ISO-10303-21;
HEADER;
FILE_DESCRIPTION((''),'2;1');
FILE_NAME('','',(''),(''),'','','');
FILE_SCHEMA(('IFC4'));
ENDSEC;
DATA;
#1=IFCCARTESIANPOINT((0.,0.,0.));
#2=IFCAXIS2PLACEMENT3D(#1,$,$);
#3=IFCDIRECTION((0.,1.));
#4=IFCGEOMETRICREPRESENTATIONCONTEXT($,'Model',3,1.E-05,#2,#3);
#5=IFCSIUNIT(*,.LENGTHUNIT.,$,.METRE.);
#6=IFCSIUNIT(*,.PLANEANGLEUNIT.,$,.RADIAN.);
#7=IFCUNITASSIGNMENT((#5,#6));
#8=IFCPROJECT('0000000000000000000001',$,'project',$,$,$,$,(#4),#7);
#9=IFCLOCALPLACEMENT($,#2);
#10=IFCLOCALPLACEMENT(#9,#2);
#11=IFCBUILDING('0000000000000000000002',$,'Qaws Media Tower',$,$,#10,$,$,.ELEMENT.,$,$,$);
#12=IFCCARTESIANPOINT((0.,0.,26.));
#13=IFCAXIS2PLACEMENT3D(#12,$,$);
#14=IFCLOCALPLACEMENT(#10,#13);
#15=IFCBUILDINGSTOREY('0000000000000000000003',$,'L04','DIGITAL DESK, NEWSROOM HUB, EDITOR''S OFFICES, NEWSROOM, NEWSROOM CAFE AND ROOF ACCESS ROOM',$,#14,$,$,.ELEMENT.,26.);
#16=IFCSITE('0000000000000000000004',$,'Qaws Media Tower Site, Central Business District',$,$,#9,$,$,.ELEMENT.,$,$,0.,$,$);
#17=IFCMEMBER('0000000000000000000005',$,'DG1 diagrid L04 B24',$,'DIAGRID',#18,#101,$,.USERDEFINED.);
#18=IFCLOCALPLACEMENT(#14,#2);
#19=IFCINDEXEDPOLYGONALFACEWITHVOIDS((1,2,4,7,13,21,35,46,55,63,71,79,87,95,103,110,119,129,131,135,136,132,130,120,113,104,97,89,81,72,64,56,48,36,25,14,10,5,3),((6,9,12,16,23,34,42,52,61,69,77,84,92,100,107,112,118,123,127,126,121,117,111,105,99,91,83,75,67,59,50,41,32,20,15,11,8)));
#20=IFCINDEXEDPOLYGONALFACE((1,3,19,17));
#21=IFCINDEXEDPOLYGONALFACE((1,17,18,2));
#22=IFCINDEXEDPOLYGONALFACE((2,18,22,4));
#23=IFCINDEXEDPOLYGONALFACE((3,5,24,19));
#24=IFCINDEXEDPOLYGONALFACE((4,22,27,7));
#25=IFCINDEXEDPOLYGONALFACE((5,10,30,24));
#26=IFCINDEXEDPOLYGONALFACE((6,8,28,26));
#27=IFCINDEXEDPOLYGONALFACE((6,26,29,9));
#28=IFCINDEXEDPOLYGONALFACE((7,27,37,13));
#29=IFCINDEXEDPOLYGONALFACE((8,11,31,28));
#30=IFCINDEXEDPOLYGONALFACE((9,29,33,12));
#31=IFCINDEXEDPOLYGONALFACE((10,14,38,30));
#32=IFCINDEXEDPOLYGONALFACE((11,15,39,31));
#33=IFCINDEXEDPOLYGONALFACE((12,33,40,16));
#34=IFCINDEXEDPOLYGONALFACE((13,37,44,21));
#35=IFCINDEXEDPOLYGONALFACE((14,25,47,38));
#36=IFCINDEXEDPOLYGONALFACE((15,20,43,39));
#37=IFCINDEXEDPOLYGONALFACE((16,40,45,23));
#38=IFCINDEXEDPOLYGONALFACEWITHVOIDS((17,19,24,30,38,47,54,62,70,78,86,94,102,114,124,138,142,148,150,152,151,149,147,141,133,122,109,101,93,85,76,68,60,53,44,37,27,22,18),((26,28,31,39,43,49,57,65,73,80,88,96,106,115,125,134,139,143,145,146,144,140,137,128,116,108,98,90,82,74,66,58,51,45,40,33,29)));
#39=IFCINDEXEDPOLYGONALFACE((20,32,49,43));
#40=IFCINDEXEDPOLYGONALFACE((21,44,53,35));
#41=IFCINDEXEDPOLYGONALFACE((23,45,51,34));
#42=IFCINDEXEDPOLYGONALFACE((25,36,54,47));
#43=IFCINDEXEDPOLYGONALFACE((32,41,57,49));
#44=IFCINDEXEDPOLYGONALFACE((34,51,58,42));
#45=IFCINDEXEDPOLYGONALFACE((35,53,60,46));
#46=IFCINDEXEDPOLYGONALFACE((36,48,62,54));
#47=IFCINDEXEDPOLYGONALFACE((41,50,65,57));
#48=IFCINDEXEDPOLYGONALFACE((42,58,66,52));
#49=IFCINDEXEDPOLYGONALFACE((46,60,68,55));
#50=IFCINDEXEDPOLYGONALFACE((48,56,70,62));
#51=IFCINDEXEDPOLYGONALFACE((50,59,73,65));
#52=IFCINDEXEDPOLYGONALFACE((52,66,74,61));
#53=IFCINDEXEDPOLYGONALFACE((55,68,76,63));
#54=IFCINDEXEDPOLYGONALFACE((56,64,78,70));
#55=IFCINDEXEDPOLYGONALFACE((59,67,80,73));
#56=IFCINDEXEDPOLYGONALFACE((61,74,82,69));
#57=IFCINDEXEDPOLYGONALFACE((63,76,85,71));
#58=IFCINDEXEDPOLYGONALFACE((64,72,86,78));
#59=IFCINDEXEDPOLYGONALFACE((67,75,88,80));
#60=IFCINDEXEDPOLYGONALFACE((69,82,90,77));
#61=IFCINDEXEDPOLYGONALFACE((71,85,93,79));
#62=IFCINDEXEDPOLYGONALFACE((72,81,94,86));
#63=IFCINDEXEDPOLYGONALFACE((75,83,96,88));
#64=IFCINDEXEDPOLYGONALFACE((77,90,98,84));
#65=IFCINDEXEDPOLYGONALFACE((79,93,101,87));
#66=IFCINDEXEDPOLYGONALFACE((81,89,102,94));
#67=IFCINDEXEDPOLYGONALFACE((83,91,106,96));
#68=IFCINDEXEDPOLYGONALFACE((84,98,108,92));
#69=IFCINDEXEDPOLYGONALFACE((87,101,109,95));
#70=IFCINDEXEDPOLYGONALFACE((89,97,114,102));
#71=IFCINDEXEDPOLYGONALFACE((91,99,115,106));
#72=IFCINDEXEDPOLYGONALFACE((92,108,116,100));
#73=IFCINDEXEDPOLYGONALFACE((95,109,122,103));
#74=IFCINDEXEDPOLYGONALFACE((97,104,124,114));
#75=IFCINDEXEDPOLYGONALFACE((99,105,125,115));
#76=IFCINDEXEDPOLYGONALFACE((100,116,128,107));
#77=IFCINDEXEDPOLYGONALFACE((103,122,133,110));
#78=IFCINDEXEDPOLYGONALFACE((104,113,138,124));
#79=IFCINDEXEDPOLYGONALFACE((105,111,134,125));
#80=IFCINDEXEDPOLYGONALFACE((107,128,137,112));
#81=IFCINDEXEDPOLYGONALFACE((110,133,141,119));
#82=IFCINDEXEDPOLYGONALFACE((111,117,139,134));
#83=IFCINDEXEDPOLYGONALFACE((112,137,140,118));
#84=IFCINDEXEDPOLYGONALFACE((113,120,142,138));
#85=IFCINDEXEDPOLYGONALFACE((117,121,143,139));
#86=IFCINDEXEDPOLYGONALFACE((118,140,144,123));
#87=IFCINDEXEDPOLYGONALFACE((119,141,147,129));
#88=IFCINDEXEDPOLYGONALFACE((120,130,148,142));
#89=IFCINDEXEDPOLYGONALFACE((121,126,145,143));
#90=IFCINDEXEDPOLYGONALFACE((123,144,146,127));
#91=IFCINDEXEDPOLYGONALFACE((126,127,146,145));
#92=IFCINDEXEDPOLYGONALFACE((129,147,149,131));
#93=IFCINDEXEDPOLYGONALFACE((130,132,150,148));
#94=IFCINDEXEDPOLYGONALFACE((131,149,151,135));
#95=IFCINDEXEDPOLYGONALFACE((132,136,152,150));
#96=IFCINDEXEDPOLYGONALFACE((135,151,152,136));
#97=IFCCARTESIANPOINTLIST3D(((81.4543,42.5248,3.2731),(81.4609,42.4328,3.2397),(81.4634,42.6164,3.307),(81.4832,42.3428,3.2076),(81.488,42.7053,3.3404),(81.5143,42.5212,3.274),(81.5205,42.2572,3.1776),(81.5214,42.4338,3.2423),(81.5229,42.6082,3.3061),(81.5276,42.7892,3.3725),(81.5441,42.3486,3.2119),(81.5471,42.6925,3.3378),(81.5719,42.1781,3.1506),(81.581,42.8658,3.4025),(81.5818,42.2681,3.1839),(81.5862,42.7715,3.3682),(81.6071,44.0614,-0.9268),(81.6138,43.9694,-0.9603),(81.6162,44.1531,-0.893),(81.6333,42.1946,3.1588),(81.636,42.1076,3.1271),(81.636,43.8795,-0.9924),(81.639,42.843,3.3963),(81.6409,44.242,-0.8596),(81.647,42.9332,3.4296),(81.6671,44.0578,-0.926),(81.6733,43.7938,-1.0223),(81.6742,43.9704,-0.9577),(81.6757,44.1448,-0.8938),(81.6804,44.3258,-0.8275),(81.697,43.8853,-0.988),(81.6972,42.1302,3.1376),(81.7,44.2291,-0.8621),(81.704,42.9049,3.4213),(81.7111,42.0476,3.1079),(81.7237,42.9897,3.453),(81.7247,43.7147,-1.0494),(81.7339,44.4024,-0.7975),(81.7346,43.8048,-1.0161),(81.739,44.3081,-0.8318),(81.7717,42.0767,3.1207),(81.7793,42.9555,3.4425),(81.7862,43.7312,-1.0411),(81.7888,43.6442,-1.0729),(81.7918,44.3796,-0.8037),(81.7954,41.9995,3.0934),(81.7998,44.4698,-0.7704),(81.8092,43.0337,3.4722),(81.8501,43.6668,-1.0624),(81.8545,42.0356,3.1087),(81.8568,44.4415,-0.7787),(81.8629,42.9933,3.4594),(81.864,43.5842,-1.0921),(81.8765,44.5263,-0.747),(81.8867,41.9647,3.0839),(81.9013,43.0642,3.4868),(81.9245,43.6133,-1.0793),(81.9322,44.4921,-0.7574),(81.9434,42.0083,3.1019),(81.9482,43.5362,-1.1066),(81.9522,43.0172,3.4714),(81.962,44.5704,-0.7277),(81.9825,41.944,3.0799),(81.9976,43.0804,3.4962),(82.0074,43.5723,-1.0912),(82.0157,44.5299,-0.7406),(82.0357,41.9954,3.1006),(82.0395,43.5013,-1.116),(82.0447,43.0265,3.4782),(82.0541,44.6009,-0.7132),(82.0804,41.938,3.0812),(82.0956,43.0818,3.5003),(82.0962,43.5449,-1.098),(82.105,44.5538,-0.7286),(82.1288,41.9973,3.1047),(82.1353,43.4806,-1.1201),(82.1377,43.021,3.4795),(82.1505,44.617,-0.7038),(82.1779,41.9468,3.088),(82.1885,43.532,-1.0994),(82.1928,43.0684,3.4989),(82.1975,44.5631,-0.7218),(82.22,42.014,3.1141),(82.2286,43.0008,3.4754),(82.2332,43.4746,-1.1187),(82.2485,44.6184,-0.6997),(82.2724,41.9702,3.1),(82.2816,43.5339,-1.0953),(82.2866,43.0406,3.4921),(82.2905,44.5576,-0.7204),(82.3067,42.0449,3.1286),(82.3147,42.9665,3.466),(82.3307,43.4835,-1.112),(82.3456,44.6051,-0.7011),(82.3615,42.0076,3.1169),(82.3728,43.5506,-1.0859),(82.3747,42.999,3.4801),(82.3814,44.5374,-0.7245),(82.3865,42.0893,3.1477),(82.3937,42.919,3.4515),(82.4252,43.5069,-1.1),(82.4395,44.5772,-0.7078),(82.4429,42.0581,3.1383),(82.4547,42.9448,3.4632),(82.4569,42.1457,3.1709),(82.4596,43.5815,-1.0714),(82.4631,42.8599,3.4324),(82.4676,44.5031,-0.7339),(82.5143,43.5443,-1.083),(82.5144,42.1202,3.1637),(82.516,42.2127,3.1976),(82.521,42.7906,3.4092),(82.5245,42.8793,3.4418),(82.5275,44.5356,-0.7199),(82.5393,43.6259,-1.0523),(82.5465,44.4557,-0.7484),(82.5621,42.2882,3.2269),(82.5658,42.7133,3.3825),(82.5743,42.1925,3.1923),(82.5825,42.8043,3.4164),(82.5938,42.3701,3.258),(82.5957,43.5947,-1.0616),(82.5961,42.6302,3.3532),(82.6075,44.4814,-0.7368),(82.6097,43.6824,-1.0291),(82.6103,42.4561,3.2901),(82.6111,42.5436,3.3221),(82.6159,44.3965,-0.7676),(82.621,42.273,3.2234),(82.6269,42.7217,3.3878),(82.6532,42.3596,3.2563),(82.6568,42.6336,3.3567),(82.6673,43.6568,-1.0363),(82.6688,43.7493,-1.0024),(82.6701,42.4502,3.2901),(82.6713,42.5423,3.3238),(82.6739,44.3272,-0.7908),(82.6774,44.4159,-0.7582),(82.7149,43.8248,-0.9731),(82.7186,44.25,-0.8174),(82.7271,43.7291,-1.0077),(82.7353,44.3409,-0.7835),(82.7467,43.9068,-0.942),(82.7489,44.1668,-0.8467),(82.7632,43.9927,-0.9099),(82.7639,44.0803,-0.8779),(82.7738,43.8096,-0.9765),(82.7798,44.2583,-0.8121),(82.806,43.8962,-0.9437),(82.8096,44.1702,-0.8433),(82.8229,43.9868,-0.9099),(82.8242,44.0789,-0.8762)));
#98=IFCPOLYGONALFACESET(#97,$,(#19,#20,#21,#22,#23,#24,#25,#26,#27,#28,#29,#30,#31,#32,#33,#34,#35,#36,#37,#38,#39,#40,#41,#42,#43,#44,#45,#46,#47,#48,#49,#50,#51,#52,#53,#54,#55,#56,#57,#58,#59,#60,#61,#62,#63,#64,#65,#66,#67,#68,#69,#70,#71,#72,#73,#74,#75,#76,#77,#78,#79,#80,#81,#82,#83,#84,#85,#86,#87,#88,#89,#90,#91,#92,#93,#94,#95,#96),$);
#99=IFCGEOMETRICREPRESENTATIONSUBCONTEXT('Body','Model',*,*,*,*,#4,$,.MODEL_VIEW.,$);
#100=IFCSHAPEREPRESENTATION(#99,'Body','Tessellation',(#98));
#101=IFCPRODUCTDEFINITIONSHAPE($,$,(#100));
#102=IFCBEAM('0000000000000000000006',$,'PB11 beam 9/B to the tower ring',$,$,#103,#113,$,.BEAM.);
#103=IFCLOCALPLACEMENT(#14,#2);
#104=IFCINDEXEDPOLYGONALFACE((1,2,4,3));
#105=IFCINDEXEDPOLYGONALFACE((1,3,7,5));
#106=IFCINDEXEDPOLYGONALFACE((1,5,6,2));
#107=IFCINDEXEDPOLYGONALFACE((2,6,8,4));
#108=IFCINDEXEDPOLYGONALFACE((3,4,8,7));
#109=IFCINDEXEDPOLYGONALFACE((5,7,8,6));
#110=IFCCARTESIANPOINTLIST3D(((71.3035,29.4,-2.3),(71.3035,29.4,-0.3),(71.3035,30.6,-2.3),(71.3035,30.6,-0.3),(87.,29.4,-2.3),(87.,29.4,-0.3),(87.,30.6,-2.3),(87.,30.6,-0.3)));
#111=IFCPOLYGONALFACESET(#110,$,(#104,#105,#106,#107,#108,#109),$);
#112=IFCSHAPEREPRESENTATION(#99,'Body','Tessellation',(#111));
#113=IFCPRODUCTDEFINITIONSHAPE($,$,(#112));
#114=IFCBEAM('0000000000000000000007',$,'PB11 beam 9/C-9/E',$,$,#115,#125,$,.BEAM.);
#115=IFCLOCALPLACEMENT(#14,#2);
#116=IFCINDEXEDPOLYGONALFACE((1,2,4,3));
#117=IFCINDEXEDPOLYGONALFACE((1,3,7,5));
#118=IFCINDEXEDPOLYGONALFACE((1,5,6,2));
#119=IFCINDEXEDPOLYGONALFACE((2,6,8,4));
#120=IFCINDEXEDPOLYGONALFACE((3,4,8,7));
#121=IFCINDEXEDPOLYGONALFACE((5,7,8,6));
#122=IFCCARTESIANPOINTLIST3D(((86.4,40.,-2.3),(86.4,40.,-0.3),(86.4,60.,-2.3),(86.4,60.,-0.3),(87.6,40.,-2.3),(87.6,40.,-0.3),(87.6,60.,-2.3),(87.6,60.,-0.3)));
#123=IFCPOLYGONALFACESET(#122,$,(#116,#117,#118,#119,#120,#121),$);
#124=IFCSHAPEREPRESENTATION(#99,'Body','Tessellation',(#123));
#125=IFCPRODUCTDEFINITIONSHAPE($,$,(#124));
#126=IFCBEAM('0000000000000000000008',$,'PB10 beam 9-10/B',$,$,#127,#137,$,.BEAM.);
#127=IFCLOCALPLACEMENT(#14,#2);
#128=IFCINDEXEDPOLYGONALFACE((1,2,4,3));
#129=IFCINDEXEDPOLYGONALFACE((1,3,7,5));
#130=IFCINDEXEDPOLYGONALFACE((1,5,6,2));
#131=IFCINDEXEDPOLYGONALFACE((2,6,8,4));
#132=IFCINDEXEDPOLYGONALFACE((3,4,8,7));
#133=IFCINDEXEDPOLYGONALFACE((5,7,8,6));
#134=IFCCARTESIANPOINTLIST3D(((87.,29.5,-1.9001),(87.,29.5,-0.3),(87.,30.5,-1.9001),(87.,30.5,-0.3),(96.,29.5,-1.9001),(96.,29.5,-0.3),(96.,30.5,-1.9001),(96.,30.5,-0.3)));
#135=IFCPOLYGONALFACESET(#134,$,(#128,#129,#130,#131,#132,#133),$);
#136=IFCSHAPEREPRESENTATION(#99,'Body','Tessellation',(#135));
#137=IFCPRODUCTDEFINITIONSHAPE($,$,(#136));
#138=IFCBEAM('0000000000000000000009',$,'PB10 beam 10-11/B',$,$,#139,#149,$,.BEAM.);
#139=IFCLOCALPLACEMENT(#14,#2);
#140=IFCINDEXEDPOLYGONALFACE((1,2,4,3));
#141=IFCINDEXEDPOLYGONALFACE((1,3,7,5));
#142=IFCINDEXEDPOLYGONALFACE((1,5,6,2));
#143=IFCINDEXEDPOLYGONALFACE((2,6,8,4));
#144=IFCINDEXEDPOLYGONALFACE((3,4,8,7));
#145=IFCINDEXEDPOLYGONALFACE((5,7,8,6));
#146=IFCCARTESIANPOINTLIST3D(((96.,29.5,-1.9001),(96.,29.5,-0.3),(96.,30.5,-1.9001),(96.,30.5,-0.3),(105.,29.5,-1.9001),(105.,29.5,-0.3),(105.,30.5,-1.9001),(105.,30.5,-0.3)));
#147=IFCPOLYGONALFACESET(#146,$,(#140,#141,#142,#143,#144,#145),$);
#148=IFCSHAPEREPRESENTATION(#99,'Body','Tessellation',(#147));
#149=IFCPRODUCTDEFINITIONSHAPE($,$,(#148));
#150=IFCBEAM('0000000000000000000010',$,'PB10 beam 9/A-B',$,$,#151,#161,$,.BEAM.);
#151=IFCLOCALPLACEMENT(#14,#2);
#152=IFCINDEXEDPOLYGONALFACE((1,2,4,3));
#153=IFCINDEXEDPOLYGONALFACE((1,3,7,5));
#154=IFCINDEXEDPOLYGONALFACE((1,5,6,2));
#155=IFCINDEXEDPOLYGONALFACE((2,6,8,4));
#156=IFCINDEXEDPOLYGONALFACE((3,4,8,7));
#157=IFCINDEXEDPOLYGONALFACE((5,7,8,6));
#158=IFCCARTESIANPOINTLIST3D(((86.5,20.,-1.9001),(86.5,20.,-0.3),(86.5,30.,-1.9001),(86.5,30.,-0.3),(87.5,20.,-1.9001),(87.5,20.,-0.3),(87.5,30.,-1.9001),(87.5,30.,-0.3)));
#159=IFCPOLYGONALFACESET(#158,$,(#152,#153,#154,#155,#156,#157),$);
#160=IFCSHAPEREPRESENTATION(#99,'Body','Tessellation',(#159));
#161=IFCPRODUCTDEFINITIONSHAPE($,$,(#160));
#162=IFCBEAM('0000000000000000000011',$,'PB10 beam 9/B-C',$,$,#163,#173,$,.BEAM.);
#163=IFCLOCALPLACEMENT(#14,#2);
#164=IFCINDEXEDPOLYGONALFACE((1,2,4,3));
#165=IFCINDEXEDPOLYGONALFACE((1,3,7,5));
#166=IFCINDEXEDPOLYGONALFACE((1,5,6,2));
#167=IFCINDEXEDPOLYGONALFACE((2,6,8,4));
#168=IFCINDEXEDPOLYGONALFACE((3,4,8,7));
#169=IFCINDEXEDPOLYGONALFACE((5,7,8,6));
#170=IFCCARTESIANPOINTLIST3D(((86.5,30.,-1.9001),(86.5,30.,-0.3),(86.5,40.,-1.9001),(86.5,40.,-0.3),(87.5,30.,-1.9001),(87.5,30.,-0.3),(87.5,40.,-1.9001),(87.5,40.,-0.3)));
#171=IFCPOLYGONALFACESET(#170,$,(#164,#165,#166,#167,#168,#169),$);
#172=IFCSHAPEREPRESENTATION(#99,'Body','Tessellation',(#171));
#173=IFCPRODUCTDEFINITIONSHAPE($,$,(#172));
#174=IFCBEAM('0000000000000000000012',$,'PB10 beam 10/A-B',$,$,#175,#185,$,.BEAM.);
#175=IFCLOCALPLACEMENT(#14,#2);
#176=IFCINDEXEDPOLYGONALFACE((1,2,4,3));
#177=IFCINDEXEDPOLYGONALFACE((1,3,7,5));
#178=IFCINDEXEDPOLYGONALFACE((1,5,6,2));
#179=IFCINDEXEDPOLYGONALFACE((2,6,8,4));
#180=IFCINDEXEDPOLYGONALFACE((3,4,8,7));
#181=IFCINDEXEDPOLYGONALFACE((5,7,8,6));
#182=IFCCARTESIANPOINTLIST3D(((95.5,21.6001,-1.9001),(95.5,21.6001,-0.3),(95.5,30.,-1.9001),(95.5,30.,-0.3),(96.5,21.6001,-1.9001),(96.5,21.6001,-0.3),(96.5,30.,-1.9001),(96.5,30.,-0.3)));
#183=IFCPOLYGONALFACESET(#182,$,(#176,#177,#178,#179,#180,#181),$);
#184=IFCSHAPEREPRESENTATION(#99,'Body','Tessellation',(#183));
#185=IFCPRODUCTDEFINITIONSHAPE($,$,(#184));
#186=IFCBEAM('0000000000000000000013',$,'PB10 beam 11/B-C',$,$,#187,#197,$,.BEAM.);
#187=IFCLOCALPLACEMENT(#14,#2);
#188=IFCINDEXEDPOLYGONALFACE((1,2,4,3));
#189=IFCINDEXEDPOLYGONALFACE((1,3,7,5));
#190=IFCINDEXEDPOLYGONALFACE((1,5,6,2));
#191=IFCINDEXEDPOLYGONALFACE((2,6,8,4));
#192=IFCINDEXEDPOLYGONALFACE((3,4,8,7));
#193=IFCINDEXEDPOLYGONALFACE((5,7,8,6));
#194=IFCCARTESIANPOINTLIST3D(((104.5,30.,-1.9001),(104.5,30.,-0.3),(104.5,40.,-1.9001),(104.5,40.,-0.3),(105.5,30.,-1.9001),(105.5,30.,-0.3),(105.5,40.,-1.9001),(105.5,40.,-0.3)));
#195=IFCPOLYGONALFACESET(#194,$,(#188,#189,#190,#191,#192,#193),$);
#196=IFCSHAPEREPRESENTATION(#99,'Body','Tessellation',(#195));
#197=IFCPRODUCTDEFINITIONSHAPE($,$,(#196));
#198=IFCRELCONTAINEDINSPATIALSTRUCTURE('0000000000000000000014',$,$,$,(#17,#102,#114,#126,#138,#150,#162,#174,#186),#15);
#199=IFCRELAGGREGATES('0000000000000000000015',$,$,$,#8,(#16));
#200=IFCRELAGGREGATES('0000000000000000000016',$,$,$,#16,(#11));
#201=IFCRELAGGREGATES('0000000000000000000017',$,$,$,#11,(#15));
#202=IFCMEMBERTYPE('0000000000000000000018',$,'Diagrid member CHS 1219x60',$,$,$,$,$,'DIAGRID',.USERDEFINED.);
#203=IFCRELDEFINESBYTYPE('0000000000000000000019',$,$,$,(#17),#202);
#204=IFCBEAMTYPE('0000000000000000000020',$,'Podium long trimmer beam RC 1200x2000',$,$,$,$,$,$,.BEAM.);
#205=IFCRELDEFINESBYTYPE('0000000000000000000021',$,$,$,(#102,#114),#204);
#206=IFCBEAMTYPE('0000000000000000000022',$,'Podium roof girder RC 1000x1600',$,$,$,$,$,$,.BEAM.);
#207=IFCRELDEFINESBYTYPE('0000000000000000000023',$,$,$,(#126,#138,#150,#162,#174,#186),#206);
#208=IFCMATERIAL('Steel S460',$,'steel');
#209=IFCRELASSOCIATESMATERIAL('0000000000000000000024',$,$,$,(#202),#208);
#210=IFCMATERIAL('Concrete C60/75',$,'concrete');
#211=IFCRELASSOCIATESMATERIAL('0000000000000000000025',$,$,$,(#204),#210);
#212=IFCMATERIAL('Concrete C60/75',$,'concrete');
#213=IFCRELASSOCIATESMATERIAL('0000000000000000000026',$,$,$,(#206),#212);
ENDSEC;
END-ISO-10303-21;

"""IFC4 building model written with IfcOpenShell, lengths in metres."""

from ifc_helpers import new_model, si_unit, direction, frame, origin, origin_2d, place, context, subcontext, project, spatial, rectangle, hollow_circle, extrude, material, material_profile, profile_set, type_object, element, save


model = new_model("IFC4")

# Units and contexts
model_context = context("Model", 3, precision=1e-05, world=origin(), true_north=direction((0.0, 1.0)))
body_context = subcontext(model_context, "Body", "Model", "MODEL_VIEW")
ifc_project = project(units=[si_unit("LENGTHUNIT", "METRE"), si_unit("PLANEANGLEUNIT", "RADIAN")], contexts=[model_context])

# Site, building, storey
site_placement = place(None, origin())
site = spatial("IfcSite", under=ifc_project, at=site_placement, Name="Qaws Media Tower Site, Central Business District", CompositionType="ELEMENT", RefElevation=0.0)
building_placement = place(site_placement, origin())
building = spatial("IfcBuilding", under=site, at=building_placement, Name="Qaws Media Tower", CompositionType="ELEMENT")
storey_placement = place(building_placement, frame((0.0, 0.0, 26.0)))
storey = spatial("IfcBuildingStorey", under=building, at=storey_placement, Name="L04", Description="DIGITAL DESK, NEWSROOM HUB, EDITOR'S OFFICES, NEWSROOM, NEWSROOM CAFE AND ROOF ACCESS ROOM", CompositionType="ELEMENT", Elevation=26.0)

# Member
ifc_material_1 = material(Name="Steel S460", Category="steel")
ifc_material_profile_1 = material_profile(ifc_material_1, hollow_circle(Radius=0.6096, WallThickness=0.0601, at=origin_2d()), Name="CHS 1219x60")
ifc_profile_set_1 = profile_set([ifc_material_profile_1], Name="Steel S460")
member_type_1 = type_object("IfcMemberType", Name="Diagrid member CHS 1219x60", ElementType="DIAGRID", PredefinedType="USERDEFINED", material=ifc_profile_set_1)
for number, where, z_axis, x_axis, name in (
    (1, (82.2163, 44.0471, -0.9099), (-0.034154, -0.343392, 0.938571), (0.99509, -0.098971, 0.0), "DG1 diagrid L04 B24"),
):
    element("IfcMember", number, at=place(storey_placement, frame(where, z_axis=z_axis, x_axis=x_axis)), inside=storey, type_object=member_type_1, Name=name, ObjectType="DIAGRID", PredefinedType="USERDEFINED", context=body_context, shape_type="SweptSolid", body=[
        extrude(hollow_circle(Radius=0.6096, WallThickness=0.0601, at=origin_2d()), origin(), (0.0, 0.0, 1.0), 4.4749),
    ])

# Beams
ifc_material_2 = material(Name="Concrete C60/75", Category="concrete")
ifc_material_profile_2 = material_profile(ifc_material_2, rectangle(XDim=1.2, YDim=2.0, at=origin_2d()), Name="RC 1200x2000")
ifc_profile_set_2 = profile_set([ifc_material_profile_2], Name="Concrete C60/75")
beam_type_1 = type_object("IfcBeamType", Name="Podium long trimmer beam RC 1200x2000", PredefinedType="BEAM", material=ifc_profile_set_2)
beam_1_placement = place(storey_placement, frame((87.0, 30.0, -1.3), z_axis=(-1.0, 0.0, 0.0), x_axis=(0.0, -1.0, 0.0)))
element("IfcBeam", 2, at=beam_1_placement, inside=storey, type_object=beam_type_1, Name="PB11 beam 9/B to the tower ring", PredefinedType="BEAM", context=body_context, shape_type="SweptSolid", body=[
    extrude(rectangle(XDim=1.2, YDim=2.0, at=origin_2d()), origin(), (0.0, 0.0, 1.0), 15.6965),
])
beam_2_placement = place(storey_placement, frame((87.0, 40.0, -1.3), z_axis=(0.0, 1.0, 0.0), x_axis=(-1.0, 0.0, 0.0)))
element("IfcBeam", 3, at=beam_2_placement, inside=storey, type_object=beam_type_1, Name="PB11 beam 9/C-9/E", PredefinedType="BEAM", context=body_context, shape_type="SweptSolid", body=[
    extrude(rectangle(XDim=1.2, YDim=2.0, at=origin_2d()), origin(), (0.0, 0.0, 1.0), 20.0),
])
ifc_material_3 = material(Name="Concrete C60/75", Category="concrete")
ifc_material_profile_3 = material_profile(ifc_material_3, rectangle(XDim=1.0, YDim=1.6001, at=origin_2d()), Name="RC 1000x1600")
ifc_profile_set_3 = profile_set([ifc_material_profile_3], Name="Concrete C60/75")
beam_type_2 = type_object("IfcBeamType", Name="Podium roof girder RC 1000x1600", PredefinedType="BEAM", material=ifc_profile_set_3)
for number, where, z_axis, x_axis, name in (
    (4, (87.0, 30.0, -1.1001), (1.0, 0.0, 0.0), (0.0, 1.0, 0.0), "PB10 beam 9-10/B"),
    (5, (96.0, 30.0, -1.1001), (1.0, 0.0, 0.0), (0.0, 1.0, 0.0), "PB10 beam 10-11/B"),
):
    element("IfcBeam", number, at=place(storey_placement, frame(where, z_axis=z_axis, x_axis=x_axis)), inside=storey, type_object=beam_type_2, Name=name, PredefinedType="BEAM", context=body_context, shape_type="SweptSolid", body=[
        extrude(rectangle(XDim=1.0, YDim=1.6001, at=origin_2d()), origin(), (0.0, 0.0, 1.0), 9.0),
    ])
for number, where, z_axis, x_axis, name in (
    (6, (87.0, 20.0, -1.1001), (0.0, 1.0, 0.0), (-1.0, 0.0, 0.0), "PB10 beam 9/A-B"),
    (7, (87.0, 30.0, -1.1001), (0.0, 1.0, 0.0), (-1.0, 0.0, 0.0), "PB10 beam 9/B-C"),
):
    element("IfcBeam", number, at=place(storey_placement, frame(where, z_axis=z_axis, x_axis=x_axis)), inside=storey, type_object=beam_type_2, Name=name, PredefinedType="BEAM", context=body_context, shape_type="SweptSolid", body=[
        extrude(rectangle(XDim=1.0, YDim=1.6001, at=origin_2d()), origin(), (0.0, 0.0, 1.0), 10.0),
    ])
beam_3_placement = place(storey_placement, frame((96.0, 21.6001, -1.1001), z_axis=(0.0, 1.0, 0.0), x_axis=(-1.0, 0.0, 0.0)))
element("IfcBeam", 8, at=beam_3_placement, inside=storey, type_object=beam_type_2, Name="PB10 beam 10/A-B", PredefinedType="BEAM", context=body_context, shape_type="SweptSolid", body=[
    extrude(rectangle(XDim=1.0, YDim=1.6001, at=origin_2d()), origin(), (0.0, 0.0, 1.0), 8.3999),
])
for number, where, z_axis, x_axis, name in (
    (9, (105.0, 30.0, -1.1001), (0.0, 1.0, 0.0), (-1.0, 0.0, 0.0), "PB10 beam 11/B-C"),
):
    element("IfcBeam", number, at=place(storey_placement, frame(where, z_axis=z_axis, x_axis=x_axis)), inside=storey, type_object=beam_type_2, Name=name, PredefinedType="BEAM", context=body_context, shape_type="SweptSolid", body=[
        extrude(rectangle(XDim=1.0, YDim=1.6001, at=origin_2d()), origin(), (0.0, 0.0, 1.0), 10.0),
    ])

save(model, "model.ifc")
